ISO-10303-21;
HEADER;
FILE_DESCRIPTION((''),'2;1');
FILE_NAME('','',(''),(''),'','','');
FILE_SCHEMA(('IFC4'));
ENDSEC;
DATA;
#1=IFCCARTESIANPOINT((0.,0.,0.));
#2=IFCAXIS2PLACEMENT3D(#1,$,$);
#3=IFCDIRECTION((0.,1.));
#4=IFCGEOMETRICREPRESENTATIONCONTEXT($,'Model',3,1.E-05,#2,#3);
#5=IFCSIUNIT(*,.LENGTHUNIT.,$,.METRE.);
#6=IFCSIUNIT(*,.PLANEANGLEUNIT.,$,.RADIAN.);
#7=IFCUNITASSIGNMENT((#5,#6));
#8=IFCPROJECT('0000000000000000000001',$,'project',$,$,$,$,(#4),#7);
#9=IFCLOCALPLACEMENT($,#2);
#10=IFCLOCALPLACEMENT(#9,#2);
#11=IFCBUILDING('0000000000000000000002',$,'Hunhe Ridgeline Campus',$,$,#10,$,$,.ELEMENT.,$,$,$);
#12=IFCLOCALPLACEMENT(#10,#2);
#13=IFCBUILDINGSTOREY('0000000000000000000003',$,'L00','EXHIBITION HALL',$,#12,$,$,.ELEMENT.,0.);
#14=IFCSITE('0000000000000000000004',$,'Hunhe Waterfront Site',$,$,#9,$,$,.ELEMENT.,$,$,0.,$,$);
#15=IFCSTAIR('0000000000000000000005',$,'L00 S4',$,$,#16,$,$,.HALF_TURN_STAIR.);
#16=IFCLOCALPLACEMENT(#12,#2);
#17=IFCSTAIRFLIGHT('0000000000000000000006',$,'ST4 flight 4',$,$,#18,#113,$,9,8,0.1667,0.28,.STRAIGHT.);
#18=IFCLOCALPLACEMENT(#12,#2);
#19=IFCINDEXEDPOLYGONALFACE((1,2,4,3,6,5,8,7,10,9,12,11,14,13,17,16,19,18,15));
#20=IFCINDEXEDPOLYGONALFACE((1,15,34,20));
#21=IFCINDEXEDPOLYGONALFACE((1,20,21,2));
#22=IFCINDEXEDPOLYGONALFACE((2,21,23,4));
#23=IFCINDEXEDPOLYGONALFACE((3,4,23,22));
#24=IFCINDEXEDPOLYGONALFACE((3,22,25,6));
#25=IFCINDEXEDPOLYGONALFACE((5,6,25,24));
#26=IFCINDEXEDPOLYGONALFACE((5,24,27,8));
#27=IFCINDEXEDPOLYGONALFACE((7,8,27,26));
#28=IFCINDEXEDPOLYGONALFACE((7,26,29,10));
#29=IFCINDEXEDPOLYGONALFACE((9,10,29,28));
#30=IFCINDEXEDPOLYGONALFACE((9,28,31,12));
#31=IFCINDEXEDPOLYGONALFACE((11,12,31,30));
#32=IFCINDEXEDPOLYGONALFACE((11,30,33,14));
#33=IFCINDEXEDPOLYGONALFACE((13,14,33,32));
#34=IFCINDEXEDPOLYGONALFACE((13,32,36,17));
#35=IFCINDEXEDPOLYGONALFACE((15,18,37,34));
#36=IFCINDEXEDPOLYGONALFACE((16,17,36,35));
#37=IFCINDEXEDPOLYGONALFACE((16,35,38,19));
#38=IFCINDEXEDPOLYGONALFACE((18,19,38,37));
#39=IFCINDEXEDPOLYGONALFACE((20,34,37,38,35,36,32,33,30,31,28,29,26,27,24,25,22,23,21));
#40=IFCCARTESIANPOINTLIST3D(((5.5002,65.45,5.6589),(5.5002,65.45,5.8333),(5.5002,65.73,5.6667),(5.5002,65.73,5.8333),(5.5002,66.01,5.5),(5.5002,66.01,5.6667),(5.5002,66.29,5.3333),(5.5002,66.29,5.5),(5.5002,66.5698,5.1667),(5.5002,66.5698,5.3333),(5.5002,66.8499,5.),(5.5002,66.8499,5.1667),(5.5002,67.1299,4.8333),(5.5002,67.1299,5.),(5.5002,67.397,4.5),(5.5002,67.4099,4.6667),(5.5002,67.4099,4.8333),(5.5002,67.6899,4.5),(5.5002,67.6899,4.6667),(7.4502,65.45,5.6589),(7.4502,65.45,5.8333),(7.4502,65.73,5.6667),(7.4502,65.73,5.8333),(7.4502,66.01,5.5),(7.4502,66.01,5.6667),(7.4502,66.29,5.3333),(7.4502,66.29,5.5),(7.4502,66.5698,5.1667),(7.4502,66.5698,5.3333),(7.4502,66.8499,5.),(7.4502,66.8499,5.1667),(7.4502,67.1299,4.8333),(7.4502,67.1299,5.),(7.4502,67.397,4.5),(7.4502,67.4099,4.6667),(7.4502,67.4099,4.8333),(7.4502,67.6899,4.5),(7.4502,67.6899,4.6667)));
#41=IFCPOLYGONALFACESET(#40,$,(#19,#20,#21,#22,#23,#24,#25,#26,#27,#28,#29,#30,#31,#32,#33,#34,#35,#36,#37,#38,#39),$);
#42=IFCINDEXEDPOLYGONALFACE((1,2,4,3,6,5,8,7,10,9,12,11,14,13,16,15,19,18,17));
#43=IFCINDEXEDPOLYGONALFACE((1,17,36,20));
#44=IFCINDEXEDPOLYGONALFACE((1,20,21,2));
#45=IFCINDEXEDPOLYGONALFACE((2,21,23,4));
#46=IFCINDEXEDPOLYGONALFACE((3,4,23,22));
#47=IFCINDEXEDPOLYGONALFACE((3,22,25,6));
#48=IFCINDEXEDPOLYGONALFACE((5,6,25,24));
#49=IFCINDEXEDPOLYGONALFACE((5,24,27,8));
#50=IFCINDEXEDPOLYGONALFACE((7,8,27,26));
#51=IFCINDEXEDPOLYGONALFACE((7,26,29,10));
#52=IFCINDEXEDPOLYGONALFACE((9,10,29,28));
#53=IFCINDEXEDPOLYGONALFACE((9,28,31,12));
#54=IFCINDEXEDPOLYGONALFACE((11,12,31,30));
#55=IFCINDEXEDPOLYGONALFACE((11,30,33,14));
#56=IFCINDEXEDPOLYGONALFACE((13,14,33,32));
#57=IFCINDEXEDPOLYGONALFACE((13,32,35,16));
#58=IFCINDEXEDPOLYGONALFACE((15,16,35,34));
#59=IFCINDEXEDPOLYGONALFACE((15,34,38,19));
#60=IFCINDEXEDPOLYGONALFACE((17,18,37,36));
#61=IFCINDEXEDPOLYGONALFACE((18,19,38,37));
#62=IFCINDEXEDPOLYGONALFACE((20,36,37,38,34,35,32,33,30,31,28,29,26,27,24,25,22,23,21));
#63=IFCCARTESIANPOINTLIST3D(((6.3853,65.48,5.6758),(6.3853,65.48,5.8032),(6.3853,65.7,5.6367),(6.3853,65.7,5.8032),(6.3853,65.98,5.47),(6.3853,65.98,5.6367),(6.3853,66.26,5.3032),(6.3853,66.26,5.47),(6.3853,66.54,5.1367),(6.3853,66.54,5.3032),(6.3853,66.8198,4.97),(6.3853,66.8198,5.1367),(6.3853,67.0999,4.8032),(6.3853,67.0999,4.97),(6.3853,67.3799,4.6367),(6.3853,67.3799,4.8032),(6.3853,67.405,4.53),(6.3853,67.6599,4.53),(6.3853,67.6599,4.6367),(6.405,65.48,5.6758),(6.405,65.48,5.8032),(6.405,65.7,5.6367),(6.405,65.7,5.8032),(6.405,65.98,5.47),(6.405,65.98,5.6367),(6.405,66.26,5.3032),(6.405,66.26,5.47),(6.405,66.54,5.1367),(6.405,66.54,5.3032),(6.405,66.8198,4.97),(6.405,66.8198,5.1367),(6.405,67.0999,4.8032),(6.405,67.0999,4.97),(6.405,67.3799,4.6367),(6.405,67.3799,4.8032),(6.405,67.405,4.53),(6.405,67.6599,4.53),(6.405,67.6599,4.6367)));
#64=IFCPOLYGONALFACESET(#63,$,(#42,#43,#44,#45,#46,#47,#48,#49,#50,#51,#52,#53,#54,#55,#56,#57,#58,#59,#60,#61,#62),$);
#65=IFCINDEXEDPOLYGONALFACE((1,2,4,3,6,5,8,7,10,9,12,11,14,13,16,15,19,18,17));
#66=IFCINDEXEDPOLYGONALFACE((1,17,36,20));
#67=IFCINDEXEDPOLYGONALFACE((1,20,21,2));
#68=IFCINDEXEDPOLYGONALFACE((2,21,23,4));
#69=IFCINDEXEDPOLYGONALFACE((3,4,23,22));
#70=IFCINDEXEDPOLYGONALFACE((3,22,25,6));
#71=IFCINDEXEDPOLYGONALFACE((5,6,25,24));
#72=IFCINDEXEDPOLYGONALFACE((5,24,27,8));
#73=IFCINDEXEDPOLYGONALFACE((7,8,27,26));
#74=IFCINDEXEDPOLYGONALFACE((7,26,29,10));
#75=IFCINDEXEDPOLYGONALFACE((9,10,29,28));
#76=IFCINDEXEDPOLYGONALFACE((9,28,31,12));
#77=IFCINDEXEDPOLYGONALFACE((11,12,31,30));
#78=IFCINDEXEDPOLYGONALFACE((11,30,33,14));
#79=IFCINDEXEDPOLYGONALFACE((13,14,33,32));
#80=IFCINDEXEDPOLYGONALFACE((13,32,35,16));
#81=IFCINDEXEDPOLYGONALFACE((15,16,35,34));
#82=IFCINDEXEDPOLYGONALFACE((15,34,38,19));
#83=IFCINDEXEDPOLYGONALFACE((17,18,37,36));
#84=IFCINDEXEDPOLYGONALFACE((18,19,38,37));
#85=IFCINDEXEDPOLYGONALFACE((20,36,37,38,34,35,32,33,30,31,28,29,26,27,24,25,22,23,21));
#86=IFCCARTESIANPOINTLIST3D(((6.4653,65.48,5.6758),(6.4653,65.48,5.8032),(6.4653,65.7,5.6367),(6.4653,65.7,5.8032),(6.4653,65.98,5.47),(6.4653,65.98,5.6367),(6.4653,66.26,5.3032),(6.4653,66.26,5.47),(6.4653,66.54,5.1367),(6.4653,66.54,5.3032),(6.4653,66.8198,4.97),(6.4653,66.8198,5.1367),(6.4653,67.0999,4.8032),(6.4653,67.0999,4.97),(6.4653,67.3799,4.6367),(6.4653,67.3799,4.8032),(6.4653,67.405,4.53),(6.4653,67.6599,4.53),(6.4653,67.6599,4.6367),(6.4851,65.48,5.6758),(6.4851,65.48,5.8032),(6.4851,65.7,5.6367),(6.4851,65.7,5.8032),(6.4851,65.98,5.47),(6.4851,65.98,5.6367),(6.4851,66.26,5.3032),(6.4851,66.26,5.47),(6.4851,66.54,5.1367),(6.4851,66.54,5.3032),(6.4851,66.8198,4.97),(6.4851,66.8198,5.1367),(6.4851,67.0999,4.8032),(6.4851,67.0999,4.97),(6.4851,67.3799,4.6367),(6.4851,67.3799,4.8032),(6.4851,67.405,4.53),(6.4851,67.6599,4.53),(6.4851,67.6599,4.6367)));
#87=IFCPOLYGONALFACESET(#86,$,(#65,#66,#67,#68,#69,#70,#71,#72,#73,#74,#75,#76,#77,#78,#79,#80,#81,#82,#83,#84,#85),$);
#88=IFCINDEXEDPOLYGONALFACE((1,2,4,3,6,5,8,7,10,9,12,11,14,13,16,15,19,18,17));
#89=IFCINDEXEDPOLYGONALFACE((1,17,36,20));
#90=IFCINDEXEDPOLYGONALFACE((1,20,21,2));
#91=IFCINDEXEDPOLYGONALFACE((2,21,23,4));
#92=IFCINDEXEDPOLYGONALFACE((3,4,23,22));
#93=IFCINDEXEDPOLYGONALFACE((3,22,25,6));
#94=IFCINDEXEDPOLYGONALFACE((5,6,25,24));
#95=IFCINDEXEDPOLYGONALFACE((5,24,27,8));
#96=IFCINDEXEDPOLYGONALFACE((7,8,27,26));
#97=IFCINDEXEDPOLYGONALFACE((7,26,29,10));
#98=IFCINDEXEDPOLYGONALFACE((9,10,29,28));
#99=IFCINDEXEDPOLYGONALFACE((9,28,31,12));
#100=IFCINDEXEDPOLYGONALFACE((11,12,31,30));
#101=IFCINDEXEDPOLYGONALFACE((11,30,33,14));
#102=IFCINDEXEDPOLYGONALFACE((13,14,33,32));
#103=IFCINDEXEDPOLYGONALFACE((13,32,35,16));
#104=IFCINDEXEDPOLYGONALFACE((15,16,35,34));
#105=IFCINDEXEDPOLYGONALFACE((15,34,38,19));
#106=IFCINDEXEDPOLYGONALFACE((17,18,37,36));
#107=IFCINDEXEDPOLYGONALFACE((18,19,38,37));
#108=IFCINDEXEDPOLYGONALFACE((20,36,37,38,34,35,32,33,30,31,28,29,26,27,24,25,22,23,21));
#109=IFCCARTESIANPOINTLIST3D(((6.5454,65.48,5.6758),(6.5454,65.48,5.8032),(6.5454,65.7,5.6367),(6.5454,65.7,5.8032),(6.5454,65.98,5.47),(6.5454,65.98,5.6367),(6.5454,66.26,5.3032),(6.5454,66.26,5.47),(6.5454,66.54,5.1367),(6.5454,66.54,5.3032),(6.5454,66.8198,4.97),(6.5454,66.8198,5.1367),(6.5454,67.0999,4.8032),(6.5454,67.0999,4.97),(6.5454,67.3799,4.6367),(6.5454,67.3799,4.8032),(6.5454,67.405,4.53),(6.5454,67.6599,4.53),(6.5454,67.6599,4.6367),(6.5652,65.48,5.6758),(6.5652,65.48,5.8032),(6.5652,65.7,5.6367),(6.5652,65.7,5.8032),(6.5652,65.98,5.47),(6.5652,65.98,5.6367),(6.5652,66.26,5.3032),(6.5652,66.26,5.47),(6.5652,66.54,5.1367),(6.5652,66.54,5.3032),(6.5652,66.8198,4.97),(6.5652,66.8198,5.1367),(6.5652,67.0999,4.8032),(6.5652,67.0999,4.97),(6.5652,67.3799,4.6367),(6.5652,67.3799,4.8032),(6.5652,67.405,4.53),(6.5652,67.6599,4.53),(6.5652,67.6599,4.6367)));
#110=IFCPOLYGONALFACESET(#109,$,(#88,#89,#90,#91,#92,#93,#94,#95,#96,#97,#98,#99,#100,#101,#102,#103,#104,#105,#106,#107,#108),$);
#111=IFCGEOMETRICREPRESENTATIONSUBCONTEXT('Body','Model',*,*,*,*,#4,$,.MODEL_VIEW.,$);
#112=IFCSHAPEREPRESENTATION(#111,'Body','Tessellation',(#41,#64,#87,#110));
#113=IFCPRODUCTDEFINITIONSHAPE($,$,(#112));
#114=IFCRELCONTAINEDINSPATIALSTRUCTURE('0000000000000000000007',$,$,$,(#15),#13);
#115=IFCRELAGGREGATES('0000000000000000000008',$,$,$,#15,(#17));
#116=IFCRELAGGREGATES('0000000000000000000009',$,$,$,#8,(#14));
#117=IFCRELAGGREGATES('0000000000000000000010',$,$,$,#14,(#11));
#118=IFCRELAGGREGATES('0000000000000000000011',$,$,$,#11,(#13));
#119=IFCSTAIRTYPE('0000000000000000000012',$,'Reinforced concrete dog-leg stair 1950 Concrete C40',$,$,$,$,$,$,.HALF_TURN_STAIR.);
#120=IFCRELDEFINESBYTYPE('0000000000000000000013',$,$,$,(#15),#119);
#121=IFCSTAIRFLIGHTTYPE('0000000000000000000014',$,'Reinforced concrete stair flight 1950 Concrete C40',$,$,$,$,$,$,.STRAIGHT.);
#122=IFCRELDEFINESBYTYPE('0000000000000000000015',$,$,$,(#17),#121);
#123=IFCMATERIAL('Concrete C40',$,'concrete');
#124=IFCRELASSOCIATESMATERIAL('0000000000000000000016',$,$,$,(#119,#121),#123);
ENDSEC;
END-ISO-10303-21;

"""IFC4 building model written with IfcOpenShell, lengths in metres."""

from ifc_helpers import new_model, si_unit, direction, frame, origin, place, context, subcontext, project, spatial, polyline, outline, extrude, material, type_object, element, aggregate, save


model = new_model("IFC4")

# Units and contexts
model_context = context("Model", 3, precision=1e-05, world=origin(), true_north=direction((0.0, 1.0)))
body_context = subcontext(model_context, "Body", "Model", "MODEL_VIEW")
ifc_project = project(units=[si_unit("LENGTHUNIT", "METRE"), si_unit("PLANEANGLEUNIT", "RADIAN")], contexts=[model_context])

# Site, building, storey
site_placement = place(None, origin())
site = spatial("IfcSite", under=ifc_project, at=site_placement, Name="Hunhe Waterfront Site", CompositionType="ELEMENT", RefElevation=0.0)
building_placement = place(site_placement, origin())
building = spatial("IfcBuilding", under=site, at=building_placement, Name="Hunhe Ridgeline Campus", CompositionType="ELEMENT")
storey_placement = place(building_placement, origin())
storey = spatial("IfcBuildingStorey", under=building, at=storey_placement, Name="L00", Description="EXHIBITION HALL", CompositionType="ELEMENT", Elevation=0.0)

# Stair, stair flight
ifc_material_1 = material(Name="Concrete C40", Category="concrete")
stair_type = type_object("IfcStairType", Name="Reinforced concrete dog-leg stair 1950 Concrete C40", PredefinedType="HALF_TURN_STAIR", material=ifc_material_1)
stair_flight_type = type_object("IfcStairFlightType", Name="Reinforced concrete stair flight 1950 Concrete C40", PredefinedType="STRAIGHT", material=ifc_material_1)
stair_1_placement = place(storey_placement, origin())
stair_1 = element("IfcStair", 1, at=stair_1_placement, inside=storey, type_object=stair_type, Name="L00 S4", PredefinedType="HALF_TURN_STAIR")
stair_flight_1_placement = place(storey_placement, frame((6.4751, 67.6899, 4.5), z_axis=(0.0, 0.0, 1.0), x_axis=(0.0, -1.0, 0.0)))
stair_flight_1 = element("IfcStairFlight", 2, at=stair_flight_1_placement, type_object=stair_flight_type, Name="ST4 flight 4", NumberOfRisers=9, NumberOfTreads=8, PredefinedType="STRAIGHT", RiserHeight=0.1667, TreadLength=0.28, context=body_context, shape_type="SweptSolid", body=[
    extrude(outline(polyline([(0.0, 0.0), (0.0, 0.1667), (0.28, 0.1667), (0.28, 0.3333), (0.5601, 0.3333), (0.5601, 0.5), (0.8401, 0.5), (0.8401, 0.6667), (1.1201, 0.6667), (1.1201, 0.8333), (1.3999, 0.8333), (1.3999, 1.0), (1.6799, 1.0), (1.6799, 1.1667), (1.96, 1.1667), (1.96, 1.3333), (2.24, 1.3333), (2.24, 1.5), (2.24, 1.1589), (0.293, 0.0), (0.0, 0.0)])), frame((0.0, 0.9751, 0.0), z_axis=(0.0, -1.0, 0.0), x_axis=(1.0, 0.0, 0.0)), (0.0, 0.0, 1.0), 1.95),
    extrude(outline(polyline([(0.03, 0.03), (0.03, 0.1367), (0.3101, 0.1367), (0.3101, 0.3032), (0.5901, 0.3032), (0.5901, 0.47), (0.8701, 0.47), (0.8701, 0.6367), (1.1499, 0.6367), (1.1499, 0.8032), (1.4299, 0.8032), (1.4299, 0.97), (1.71, 0.97), (1.71, 1.1367), (1.99, 1.1367), (1.99, 1.3032), (2.21, 1.3032), (2.21, 1.1758), (0.2849, 0.03), (0.03, 0.03)])), frame((0.0, -0.0701, 0.0), z_axis=(0.0, -1.0, 0.0), x_axis=(1.0, 0.0, 0.0)), (0.0, 0.0, 1.0), 0.0198),
    extrude(outline(polyline([(0.03, 0.03), (0.03, 0.1367), (0.3101, 0.1367), (0.3101, 0.3032), (0.5901, 0.3032), (0.5901, 0.47), (0.8701, 0.47), (0.8701, 0.6367), (1.1499, 0.6367), (1.1499, 0.8032), (1.4299, 0.8032), (1.4299, 0.97), (1.71, 0.97), (1.71, 1.1367), (1.99, 1.1367), (1.99, 1.3032), (2.21, 1.3032), (2.21, 1.1758), (0.2849, 0.03), (0.03, 0.03)])), frame((0.0, 0.01, 0.0), z_axis=(0.0, -1.0, 0.0), x_axis=(1.0, 0.0, 0.0)), (0.0, 0.0, 1.0), 0.0198),
    extrude(outline(polyline([(0.03, 0.03), (0.03, 0.1367), (0.3101, 0.1367), (0.3101, 0.3032), (0.5901, 0.3032), (0.5901, 0.47), (0.8701, 0.47), (0.8701, 0.6367), (1.1499, 0.6367), (1.1499, 0.8032), (1.4299, 0.8032), (1.4299, 0.97), (1.71, 0.97), (1.71, 1.1367), (1.99, 1.1367), (1.99, 1.3032), (2.21, 1.3032), (2.21, 1.1758), (0.2849, 0.03), (0.03, 0.03)])), frame((0.0, 0.0901, 0.0), z_axis=(0.0, -1.0, 0.0), x_axis=(1.0, 0.0, 0.0)), (0.0, 0.0, 1.0), 0.0198),
])
aggregate(stair_1, [stair_flight_1])

save(model, "model.ifc")
